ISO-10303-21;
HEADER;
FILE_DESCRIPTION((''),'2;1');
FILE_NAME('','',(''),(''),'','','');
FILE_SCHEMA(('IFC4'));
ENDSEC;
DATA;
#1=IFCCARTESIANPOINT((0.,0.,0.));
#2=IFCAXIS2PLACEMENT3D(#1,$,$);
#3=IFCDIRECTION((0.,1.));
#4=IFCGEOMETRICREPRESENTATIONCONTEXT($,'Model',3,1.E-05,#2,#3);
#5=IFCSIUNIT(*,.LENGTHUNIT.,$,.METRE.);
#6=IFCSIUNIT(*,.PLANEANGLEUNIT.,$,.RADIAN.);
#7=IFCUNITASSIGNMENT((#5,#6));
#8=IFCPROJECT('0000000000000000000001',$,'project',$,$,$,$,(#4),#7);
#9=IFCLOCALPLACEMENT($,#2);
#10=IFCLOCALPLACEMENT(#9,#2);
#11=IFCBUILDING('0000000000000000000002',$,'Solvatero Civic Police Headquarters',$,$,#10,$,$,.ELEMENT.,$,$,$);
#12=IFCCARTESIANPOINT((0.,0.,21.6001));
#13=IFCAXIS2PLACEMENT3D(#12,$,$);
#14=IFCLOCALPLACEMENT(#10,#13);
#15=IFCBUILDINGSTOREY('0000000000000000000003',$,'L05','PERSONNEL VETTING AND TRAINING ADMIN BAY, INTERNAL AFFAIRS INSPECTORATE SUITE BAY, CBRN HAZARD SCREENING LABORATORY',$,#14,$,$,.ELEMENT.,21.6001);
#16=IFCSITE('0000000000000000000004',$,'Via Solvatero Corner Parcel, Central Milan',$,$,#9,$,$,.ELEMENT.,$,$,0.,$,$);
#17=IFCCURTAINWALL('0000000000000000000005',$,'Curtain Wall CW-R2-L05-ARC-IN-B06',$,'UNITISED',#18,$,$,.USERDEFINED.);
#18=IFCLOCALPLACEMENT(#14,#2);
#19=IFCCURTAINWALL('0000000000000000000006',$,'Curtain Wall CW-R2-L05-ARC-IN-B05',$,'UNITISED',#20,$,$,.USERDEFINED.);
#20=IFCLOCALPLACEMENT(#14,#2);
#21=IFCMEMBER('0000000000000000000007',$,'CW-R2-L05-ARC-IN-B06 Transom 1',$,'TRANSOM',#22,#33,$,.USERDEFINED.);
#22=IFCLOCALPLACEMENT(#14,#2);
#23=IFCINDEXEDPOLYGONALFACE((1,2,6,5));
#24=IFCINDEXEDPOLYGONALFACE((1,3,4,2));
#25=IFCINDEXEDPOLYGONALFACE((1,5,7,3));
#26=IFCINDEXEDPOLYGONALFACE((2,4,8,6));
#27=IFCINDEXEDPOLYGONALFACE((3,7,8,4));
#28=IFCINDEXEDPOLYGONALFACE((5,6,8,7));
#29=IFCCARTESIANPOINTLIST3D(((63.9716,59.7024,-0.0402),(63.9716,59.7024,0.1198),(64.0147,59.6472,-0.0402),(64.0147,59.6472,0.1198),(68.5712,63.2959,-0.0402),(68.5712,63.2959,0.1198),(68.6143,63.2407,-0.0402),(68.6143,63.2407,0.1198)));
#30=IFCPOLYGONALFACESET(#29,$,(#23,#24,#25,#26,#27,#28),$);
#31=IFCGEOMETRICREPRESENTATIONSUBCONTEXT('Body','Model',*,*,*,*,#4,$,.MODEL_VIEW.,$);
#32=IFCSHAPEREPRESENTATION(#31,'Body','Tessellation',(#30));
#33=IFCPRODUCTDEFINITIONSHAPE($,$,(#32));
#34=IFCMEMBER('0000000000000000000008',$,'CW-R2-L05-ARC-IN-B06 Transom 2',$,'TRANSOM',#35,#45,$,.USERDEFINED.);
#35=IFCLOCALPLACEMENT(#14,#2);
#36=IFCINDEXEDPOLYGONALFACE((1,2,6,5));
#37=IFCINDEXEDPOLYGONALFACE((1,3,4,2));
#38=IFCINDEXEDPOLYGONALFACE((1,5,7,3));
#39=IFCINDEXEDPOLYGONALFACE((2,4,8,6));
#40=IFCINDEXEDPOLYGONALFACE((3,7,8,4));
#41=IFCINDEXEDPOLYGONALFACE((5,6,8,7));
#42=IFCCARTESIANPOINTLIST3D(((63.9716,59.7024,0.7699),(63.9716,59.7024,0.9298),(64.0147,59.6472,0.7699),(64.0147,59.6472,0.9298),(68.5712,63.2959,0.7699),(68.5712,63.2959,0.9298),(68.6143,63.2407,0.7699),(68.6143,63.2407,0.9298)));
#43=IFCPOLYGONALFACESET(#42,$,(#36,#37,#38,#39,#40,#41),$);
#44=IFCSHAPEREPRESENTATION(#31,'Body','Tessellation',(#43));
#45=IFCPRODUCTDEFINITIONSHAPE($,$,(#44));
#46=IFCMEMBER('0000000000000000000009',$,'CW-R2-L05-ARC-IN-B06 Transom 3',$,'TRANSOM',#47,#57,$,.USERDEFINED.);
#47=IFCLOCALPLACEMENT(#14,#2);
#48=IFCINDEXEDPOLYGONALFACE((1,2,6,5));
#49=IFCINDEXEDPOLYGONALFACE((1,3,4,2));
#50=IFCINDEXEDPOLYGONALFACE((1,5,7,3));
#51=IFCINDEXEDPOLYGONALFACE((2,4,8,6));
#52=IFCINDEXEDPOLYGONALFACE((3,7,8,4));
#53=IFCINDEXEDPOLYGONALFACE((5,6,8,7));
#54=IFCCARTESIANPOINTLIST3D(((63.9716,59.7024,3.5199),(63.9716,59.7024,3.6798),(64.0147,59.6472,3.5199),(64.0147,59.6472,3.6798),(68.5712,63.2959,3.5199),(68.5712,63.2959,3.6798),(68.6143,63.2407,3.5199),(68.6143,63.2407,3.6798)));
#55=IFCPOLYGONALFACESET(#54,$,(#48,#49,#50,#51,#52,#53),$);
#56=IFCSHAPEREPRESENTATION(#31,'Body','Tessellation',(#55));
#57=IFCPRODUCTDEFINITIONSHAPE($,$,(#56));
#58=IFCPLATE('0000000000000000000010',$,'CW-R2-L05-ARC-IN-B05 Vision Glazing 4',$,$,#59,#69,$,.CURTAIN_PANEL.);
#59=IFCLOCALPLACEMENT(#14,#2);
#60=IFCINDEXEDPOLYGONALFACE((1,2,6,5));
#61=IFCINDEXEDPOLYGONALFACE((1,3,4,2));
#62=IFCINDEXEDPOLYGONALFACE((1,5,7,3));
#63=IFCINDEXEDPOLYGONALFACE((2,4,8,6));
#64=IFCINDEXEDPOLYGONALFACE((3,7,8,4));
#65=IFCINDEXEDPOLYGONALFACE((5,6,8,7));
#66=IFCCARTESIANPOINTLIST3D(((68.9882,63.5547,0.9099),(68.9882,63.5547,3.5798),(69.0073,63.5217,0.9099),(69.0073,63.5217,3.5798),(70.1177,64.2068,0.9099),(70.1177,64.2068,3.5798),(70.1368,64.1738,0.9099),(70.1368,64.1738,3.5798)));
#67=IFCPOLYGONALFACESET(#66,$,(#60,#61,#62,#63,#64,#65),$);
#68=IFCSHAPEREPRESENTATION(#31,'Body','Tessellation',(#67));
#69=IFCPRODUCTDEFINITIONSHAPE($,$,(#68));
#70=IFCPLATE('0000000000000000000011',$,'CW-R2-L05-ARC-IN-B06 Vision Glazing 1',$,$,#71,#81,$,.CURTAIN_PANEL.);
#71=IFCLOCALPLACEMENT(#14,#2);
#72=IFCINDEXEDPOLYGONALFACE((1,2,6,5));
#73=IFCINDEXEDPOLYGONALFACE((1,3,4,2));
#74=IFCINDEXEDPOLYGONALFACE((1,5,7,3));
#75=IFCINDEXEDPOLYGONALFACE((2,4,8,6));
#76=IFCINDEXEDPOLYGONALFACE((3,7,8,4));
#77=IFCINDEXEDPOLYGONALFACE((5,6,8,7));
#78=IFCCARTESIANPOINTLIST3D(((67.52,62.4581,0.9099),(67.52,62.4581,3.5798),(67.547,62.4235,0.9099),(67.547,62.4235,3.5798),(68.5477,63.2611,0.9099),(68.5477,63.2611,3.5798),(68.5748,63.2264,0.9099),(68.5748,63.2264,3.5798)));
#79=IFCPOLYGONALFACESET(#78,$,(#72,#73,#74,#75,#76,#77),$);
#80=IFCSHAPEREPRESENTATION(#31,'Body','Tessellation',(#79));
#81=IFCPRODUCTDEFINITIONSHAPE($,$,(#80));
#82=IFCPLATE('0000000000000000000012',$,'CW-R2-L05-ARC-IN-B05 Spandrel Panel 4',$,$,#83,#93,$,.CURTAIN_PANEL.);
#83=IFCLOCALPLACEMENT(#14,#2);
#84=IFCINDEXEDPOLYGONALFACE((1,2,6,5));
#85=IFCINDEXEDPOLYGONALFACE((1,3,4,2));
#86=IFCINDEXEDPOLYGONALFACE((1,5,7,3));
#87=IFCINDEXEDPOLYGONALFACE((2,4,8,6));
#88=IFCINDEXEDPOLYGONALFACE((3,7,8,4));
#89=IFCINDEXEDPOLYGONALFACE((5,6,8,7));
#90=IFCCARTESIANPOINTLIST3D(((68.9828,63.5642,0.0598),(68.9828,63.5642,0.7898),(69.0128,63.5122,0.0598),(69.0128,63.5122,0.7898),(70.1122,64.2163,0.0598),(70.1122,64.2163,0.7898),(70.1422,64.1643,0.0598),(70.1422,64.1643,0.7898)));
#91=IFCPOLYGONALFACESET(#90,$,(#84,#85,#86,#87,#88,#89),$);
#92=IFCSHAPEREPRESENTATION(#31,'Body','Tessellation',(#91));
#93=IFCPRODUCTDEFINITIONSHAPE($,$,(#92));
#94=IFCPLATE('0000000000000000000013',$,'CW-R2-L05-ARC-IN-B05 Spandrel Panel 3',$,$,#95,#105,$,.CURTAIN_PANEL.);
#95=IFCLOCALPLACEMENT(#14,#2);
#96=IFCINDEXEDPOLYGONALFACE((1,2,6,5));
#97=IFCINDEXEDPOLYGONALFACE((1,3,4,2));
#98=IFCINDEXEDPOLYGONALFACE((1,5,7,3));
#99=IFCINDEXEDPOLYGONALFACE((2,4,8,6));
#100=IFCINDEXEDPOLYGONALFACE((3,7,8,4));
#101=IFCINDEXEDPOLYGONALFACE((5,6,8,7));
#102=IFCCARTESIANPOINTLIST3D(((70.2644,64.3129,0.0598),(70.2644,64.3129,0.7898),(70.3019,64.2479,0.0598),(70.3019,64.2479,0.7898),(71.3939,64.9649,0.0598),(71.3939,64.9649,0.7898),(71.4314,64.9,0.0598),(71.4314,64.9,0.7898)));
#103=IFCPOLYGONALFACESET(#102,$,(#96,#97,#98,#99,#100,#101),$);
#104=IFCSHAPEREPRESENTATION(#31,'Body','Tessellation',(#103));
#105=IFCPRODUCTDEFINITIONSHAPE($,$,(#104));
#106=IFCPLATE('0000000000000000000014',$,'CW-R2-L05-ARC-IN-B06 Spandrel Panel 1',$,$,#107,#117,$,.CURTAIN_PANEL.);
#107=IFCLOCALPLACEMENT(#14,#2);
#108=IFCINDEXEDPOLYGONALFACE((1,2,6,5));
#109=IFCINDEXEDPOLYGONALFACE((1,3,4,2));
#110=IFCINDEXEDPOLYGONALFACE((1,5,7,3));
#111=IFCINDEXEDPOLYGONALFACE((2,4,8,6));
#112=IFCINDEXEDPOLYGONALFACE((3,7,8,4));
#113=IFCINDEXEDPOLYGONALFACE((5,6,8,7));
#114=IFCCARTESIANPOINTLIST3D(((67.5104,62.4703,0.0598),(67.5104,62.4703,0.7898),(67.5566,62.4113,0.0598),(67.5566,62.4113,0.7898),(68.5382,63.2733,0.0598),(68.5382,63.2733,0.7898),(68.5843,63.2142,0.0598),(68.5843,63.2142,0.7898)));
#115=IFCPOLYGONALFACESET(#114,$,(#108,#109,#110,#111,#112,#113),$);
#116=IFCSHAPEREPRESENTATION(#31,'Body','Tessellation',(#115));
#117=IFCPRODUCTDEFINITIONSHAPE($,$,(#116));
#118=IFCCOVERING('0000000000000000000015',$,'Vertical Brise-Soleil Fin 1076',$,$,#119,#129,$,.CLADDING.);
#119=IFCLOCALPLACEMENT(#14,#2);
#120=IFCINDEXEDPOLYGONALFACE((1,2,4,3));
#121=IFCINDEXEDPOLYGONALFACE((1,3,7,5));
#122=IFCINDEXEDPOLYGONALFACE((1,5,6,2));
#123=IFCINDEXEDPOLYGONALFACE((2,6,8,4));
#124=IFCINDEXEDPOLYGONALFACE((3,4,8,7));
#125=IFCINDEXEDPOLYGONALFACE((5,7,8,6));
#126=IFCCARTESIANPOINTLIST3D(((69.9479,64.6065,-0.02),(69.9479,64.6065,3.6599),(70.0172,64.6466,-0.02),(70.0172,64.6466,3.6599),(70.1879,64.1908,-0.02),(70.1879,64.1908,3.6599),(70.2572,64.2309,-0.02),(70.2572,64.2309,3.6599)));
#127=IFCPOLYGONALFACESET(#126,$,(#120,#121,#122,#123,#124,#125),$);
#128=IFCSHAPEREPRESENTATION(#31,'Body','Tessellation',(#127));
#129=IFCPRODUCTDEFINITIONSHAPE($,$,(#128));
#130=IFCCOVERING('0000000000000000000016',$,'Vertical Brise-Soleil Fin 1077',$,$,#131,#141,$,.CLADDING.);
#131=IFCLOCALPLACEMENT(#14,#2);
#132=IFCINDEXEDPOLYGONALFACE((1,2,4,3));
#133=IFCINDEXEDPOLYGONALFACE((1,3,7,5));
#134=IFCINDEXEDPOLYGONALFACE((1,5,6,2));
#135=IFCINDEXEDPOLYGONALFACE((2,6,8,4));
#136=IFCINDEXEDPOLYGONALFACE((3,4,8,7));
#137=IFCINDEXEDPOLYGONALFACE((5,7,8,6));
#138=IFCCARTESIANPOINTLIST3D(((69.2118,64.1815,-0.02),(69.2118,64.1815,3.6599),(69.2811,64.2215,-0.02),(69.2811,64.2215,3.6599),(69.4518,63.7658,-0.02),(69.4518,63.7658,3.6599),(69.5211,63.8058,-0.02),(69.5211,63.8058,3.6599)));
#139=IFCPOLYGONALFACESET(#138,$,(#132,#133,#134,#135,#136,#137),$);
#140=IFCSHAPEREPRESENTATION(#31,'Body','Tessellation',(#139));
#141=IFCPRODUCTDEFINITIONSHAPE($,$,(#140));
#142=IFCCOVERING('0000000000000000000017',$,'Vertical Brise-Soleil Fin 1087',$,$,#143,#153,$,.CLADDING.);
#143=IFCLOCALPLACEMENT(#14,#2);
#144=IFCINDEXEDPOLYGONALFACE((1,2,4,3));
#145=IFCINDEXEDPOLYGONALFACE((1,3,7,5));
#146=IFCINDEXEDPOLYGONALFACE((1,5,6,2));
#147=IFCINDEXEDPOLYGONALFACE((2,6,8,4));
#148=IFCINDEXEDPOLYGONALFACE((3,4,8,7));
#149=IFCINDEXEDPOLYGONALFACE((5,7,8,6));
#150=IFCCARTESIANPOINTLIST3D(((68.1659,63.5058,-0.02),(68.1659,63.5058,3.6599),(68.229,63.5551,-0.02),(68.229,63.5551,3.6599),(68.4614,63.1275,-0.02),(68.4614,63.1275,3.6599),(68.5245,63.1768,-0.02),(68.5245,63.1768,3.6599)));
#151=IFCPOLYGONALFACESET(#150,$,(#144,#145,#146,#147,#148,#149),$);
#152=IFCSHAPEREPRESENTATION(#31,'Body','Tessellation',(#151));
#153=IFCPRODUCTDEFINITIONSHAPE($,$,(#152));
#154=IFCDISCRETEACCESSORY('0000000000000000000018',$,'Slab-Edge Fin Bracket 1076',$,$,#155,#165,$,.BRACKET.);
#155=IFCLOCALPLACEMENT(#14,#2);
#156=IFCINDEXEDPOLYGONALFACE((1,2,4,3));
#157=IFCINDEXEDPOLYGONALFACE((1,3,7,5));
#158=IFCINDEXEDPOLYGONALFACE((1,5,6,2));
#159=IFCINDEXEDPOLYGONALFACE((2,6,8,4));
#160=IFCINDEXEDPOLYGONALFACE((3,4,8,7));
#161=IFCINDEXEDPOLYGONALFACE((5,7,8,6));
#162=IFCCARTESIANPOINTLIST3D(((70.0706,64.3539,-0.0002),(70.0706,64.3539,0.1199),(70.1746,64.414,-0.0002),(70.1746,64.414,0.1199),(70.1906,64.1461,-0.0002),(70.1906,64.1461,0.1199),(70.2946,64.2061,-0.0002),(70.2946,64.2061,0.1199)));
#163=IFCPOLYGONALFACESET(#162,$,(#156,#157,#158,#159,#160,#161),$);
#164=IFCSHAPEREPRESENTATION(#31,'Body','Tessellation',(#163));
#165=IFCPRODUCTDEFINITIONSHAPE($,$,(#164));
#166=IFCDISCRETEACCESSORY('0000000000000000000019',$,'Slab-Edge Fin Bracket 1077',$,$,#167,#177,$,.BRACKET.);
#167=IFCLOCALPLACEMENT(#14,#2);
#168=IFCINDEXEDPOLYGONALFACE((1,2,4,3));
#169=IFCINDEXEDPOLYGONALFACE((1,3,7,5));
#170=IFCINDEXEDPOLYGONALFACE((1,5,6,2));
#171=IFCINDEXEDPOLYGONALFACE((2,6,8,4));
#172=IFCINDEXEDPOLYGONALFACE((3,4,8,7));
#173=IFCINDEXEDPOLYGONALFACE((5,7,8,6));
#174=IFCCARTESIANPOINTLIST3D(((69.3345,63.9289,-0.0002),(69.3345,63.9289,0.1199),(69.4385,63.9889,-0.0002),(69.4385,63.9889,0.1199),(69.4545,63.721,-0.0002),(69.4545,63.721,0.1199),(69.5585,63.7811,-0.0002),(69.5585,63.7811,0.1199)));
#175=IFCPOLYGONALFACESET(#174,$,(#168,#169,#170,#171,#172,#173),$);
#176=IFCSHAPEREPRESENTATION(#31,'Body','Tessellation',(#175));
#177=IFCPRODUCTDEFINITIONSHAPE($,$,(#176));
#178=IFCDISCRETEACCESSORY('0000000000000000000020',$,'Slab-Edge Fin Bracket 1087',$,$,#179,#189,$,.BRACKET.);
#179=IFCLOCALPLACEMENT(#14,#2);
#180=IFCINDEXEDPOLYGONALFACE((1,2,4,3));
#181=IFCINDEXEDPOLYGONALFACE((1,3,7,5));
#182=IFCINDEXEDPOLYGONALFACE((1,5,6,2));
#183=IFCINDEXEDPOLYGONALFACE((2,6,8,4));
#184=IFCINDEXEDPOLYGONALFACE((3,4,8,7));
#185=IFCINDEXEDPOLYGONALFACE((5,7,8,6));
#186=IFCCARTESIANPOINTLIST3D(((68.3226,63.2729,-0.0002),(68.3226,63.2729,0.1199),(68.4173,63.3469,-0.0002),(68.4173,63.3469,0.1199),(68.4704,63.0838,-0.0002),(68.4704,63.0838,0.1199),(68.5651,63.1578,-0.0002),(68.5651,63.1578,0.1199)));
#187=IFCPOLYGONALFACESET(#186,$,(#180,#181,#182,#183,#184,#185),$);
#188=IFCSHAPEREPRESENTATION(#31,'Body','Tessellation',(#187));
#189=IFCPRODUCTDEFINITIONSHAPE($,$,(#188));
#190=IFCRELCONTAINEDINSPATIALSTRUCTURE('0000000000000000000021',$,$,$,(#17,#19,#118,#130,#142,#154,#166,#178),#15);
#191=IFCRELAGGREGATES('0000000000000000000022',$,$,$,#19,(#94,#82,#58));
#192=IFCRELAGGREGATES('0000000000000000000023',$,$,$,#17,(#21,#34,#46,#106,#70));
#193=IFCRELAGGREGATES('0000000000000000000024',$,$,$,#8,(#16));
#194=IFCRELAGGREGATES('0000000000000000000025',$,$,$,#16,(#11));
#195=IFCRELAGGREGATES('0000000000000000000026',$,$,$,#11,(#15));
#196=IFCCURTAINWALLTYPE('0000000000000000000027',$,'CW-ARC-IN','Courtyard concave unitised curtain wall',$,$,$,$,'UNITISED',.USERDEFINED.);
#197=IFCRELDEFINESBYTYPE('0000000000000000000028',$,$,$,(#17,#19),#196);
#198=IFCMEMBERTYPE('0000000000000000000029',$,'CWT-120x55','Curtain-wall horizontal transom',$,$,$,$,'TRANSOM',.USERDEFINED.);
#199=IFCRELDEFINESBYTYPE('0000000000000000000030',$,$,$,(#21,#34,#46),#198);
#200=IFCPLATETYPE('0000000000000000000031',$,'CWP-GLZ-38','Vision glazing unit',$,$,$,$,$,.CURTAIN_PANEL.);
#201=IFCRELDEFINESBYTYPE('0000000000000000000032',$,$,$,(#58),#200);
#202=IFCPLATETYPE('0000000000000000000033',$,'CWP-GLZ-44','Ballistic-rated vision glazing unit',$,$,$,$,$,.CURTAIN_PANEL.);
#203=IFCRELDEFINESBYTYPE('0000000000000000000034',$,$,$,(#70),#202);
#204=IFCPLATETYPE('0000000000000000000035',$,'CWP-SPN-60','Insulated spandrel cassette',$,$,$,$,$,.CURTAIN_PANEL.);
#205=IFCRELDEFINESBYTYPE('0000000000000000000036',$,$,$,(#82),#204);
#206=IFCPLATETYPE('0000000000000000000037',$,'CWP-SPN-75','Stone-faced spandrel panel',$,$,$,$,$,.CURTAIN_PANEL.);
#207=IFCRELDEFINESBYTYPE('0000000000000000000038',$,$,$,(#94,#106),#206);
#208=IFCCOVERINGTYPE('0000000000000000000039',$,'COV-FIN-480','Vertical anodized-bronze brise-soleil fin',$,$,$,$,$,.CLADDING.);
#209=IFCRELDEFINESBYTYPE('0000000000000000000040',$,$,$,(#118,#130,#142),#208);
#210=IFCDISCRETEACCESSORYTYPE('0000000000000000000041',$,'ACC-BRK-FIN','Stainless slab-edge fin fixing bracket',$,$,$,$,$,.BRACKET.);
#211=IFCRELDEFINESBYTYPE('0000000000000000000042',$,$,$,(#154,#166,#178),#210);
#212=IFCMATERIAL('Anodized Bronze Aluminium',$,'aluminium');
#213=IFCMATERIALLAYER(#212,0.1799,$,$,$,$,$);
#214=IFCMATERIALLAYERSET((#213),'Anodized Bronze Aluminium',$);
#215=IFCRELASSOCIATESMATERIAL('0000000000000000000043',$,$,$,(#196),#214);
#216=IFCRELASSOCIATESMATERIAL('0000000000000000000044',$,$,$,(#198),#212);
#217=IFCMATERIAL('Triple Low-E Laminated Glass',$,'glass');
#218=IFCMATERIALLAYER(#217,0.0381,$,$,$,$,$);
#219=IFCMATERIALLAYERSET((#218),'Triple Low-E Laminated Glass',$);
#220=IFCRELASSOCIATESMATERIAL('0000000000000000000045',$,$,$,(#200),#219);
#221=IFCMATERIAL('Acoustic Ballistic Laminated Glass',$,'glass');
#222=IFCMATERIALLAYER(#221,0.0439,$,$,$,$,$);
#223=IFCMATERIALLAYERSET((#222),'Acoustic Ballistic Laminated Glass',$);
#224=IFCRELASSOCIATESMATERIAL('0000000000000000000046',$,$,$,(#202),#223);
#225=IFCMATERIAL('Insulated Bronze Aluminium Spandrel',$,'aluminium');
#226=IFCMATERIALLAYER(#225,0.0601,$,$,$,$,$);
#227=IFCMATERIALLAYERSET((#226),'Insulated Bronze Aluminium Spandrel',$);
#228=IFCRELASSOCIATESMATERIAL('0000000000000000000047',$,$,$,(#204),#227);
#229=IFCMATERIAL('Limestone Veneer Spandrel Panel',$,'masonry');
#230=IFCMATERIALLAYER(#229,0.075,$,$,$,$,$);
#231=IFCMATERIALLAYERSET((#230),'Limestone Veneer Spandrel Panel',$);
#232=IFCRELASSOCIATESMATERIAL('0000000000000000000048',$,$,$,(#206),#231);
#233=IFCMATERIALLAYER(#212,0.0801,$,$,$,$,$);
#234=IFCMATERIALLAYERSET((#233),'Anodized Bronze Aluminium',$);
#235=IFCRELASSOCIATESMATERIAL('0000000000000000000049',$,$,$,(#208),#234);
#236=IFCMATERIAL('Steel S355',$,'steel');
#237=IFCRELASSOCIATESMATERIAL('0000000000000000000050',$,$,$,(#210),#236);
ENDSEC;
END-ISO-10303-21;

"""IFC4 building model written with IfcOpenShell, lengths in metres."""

from ifc_helpers import new_model, si_unit, direction, frame, origin, origin_2d, place, context, subcontext, project, spatial, rectangle, extrude, material, layer, layer_set, material_profile, profile_set, type_object, element, aggregate, save


model = new_model("IFC4")

# Units and contexts
model_context = context("Model", 3, precision=1e-05, world=origin(), true_north=direction((0.0, 1.0)))
body_context = subcontext(model_context, "Body", "Model", "MODEL_VIEW")
ifc_project = project(units=[si_unit("LENGTHUNIT", "METRE"), si_unit("PLANEANGLEUNIT", "RADIAN")], contexts=[model_context])

# Site, building, storey
site_placement = place(None, origin())
site = spatial("IfcSite", under=ifc_project, at=site_placement, Name="Via Solvatero Corner Parcel, Central Milan", CompositionType="ELEMENT", RefElevation=0.0)
building_placement = place(site_placement, origin())
building = spatial("IfcBuilding", under=site, at=building_placement, Name="Solvatero Civic Police Headquarters", CompositionType="ELEMENT")
storey_placement = place(building_placement, frame((0.0, 0.0, 21.6001)))
storey = spatial("IfcBuildingStorey", under=building, at=storey_placement, Name="L05", Description="PERSONNEL VETTING AND TRAINING ADMIN BAY, INTERNAL AFFAIRS INSPECTORATE SUITE BAY, CBRN HAZARD SCREENING LABORATORY", CompositionType="ELEMENT", Elevation=21.6001)

# Shared definitions
ifc_material_1 = material(Name="Steel S355", Category="steel")

# Curtain wall
ifc_material_2 = material(Name="Anodized Bronze Aluminium", Category="aluminium")
ifc_layer_1 = layer(ifc_material_2, 0.1799)
ifc_layer_set_1 = layer_set([ifc_layer_1], Name="Anodized Bronze Aluminium")
curtain_wall_type = type_object("IfcCurtainWallType", Name="CW-ARC-IN", Description="Courtyard concave unitised curtain wall", ElementType="UNITISED", PredefinedType="USERDEFINED", material=ifc_layer_set_1)
curtain_wall_1_placement = place(storey_placement, origin())
curtain_wall_1 = element("IfcCurtainWall", 1, at=curtain_wall_1_placement, inside=storey, type_object=curtain_wall_type, Name="Curtain Wall CW-R2-L05-ARC-IN-B06", ObjectType="UNITISED", PredefinedType="USERDEFINED")

# Curtain wall
curtain_wall_2_placement = place(storey_placement, origin())
curtain_wall_2 = element("IfcCurtainWall", 2, at=curtain_wall_2_placement, inside=storey, type_object=curtain_wall_type, Name="Curtain Wall CW-R2-L05-ARC-IN-B05", ObjectType="UNITISED", PredefinedType="USERDEFINED")

# Members
ifc_material_profile_1 = material_profile(ifc_material_2, rectangle(XDim=0.0701, YDim=0.1599, at=origin_2d()), Name="ALU TRANSOM 70x160")
ifc_profile_set_1 = profile_set([ifc_material_profile_1], Name="Anodized Bronze Aluminium")
member_type_1 = type_object("IfcMemberType", Name="CWT-120x55", Description="Curtain-wall horizontal transom", ElementType="TRANSOM", PredefinedType="USERDEFINED", material=ifc_profile_set_1)
member_1_placement = place(storey_placement, frame((68.5928, 63.2683, 0.0398), z_axis=(-0.788019, -0.615651, 0.0), x_axis=(0.615651, -0.788019, 0.0)))
member_1 = element("IfcMember", 3, at=member_1_placement, type_object=member_type_1, Name="CW-R2-L05-ARC-IN-B06 Transom 1", ObjectType="TRANSOM", PredefinedType="USERDEFINED", context=body_context, shape_type="SweptSolid", body=[
    extrude(rectangle(XDim=0.0701, YDim=0.1599, at=origin_2d()), origin(), (0.0, 0.0, 1.0), 5.8369),
])
member_2_placement = place(storey_placement, frame((68.5928, 63.2683, 0.8499), z_axis=(-0.788019, -0.615651, 0.0), x_axis=(0.615651, -0.788019, 0.0)))
member_2 = element("IfcMember", 4, at=member_2_placement, type_object=member_type_1, Name="CW-R2-L05-ARC-IN-B06 Transom 2", ObjectType="TRANSOM", PredefinedType="USERDEFINED", context=body_context, shape_type="SweptSolid", body=[
    extrude(rectangle(XDim=0.0701, YDim=0.1599, at=origin_2d()), origin(), (0.0, 0.0, 1.0), 5.8369),
])
member_3_placement = place(storey_placement, frame((68.5928, 63.2683, 3.5999), z_axis=(-0.788019, -0.615651, 0.0), x_axis=(0.615651, -0.788019, 0.0)))
member_3 = element("IfcMember", 5, at=member_3_placement, type_object=member_type_1, Name="CW-R2-L05-ARC-IN-B06 Transom 3", ObjectType="TRANSOM", PredefinedType="USERDEFINED", context=body_context, shape_type="SweptSolid", body=[
    extrude(rectangle(XDim=0.0701, YDim=0.1599, at=origin_2d()), origin(), (0.0, 0.0, 1.0), 5.8369),
])

# Plates
ifc_material_3 = material(Name="Triple Low-E Laminated Glass", Category="glass")
ifc_layer_2 = layer(ifc_material_3, 0.0381)
ifc_layer_set_2 = layer_set([ifc_layer_2], Name="Triple Low-E Laminated Glass")
plate_type_1 = type_object("IfcPlateType", Name="CWP-GLZ-38", Description="Vision glazing unit", PredefinedType="CURTAIN_PANEL", material=ifc_layer_set_2)
plate_1_placement = place(storey_placement, frame((69.5625, 63.8643, 0.9099), z_axis=(0.0, 0.0, 1.0), x_axis=(-0.866025, -0.5, 0.0)))
plate_1 = element("IfcPlate", 6, at=plate_1_placement, type_object=plate_type_1, Name="CW-R2-L05-ARC-IN-B05 Vision Glazing 4", PredefinedType="CURTAIN_PANEL", context=body_context, shape_type="SweptSolid", body=[
    extrude(rectangle(XDim=1.3042, YDim=0.0381, at=origin_2d()), origin(), (0.0, 0.0, 1.0), 2.6699),
])
ifc_material_4 = material(Name="Acoustic Ballistic Laminated Glass", Category="glass")
ifc_layer_3 = layer(ifc_material_4, 0.0439)
ifc_layer_set_3 = layer_set([ifc_layer_3], Name="Acoustic Ballistic Laminated Glass")
plate_type_2 = type_object("IfcPlateType", Name="CWP-GLZ-44", Description="Ballistic-rated vision glazing unit", PredefinedType="CURTAIN_PANEL", material=ifc_layer_set_3)
plate_2_placement = place(storey_placement, frame((68.0474, 62.8423, 0.9099), z_axis=(0.0, 0.0, 1.0), x_axis=(-0.788011, -0.615661, 0.0)))
plate_2 = element("IfcPlate", 7, at=plate_2_placement, type_object=plate_type_2, Name="CW-R2-L05-ARC-IN-B06 Vision Glazing 1", PredefinedType="CURTAIN_PANEL", context=body_context, shape_type="SweptSolid", body=[
    extrude(rectangle(XDim=1.3042, YDim=0.0439, at=origin_2d()), origin(), (0.0, 0.0, 1.0), 2.6699),
])
ifc_material_5 = material(Name="Insulated Bronze Aluminium Spandrel", Category="aluminium")
ifc_layer_4 = layer(ifc_material_5, 0.0601)
ifc_layer_set_4 = layer_set([ifc_layer_4], Name="Insulated Bronze Aluminium Spandrel")
plate_type_3 = type_object("IfcPlateType", Name="CWP-SPN-60", Description="Insulated spandrel cassette", PredefinedType="CURTAIN_PANEL", material=ifc_layer_set_4)
plate_3_placement = place(storey_placement, frame((69.5625, 63.8643, 0.0598), z_axis=(0.0, 0.0, 1.0), x_axis=(-0.866025, -0.5, 0.0)))
plate_3 = element("IfcPlate", 8, at=plate_3_placement, type_object=plate_type_3, Name="CW-R2-L05-ARC-IN-B05 Spandrel Panel 4", PredefinedType="CURTAIN_PANEL", context=body_context, shape_type="SweptSolid", body=[
    extrude(rectangle(XDim=1.3042, YDim=0.0601, at=origin_2d()), origin(), (0.0, 0.0, 1.0), 0.73),
])
ifc_material_6 = material(Name="Limestone Veneer Spandrel Panel", Category="masonry")
ifc_layer_5 = layer(ifc_material_6, 0.075)
ifc_layer_set_5 = layer_set([ifc_layer_5], Name="Limestone Veneer Spandrel Panel")
plate_type_4 = type_object("IfcPlateType", Name="CWP-SPN-75", Description="Stone-faced spandrel panel", PredefinedType="CURTAIN_PANEL", material=ifc_layer_set_5)
plate_4_placement = place(storey_placement, frame((70.8479, 64.6064, 0.0598), z_axis=(0.0, 0.0, 1.0), x_axis=(-0.866025, -0.5, 0.0)))
plate_4 = element("IfcPlate", 9, at=plate_4_placement, type_object=plate_type_4, Name="CW-R2-L05-ARC-IN-B05 Spandrel Panel 3", PredefinedType="CURTAIN_PANEL", context=body_context, shape_type="SweptSolid", body=[
    extrude(rectangle(XDim=1.3042, YDim=0.075, at=origin_2d()), origin(), (0.0, 0.0, 1.0), 0.73),
])
aggregate(curtain_wall_2, [plate_4, plate_3, plate_1])
plate_5_placement = place(storey_placement, frame((68.0474, 62.8423, 0.0598), z_axis=(0.0, 0.0, 1.0), x_axis=(-0.788011, -0.615661, 0.0)))
plate_5 = element("IfcPlate", 10, at=plate_5_placement, type_object=plate_type_4, Name="CW-R2-L05-ARC-IN-B06 Spandrel Panel 1", PredefinedType="CURTAIN_PANEL", context=body_context, shape_type="SweptSolid", body=[
    extrude(rectangle(XDim=1.3042, YDim=0.075, at=origin_2d()), origin(), (0.0, 0.0, 1.0), 0.73),
])
aggregate(curtain_wall_1, [member_1, member_2, member_3, plate_5, plate_2])

# Coverings
ifc_layer_6 = layer(ifc_material_2, 0.0801)
ifc_layer_set_6 = layer_set([ifc_layer_6], Name="Anodized Bronze Aluminium")
covering_type = type_object("IfcCoveringType", Name="COV-FIN-480", Description="Vertical anodized-bronze brise-soleil fin", PredefinedType="CLADDING", material=ifc_layer_set_6)
for number, where, z_axis, x_axis, name in (
    (11, (70.1025, 64.4187, -0.02), (0.0, 0.0, 1.0), (-0.866025, -0.5, 0.0), "Vertical Brise-Soleil Fin 1076"),
    (12, (69.3665, 63.9937, -0.02), (0.0, 0.0, 1.0), (-0.866025, -0.5, 0.0), "Vertical Brise-Soleil Fin 1077"),
    (13, (68.3452, 63.3413, -0.02), (0.0, 0.0, 1.0), (-0.788011, -0.615661, 0.0), "Vertical Brise-Soleil Fin 1087"),
):
    element("IfcCovering", number, at=place(storey_placement, frame(where, z_axis=z_axis, x_axis=x_axis)), inside=storey, type_object=covering_type, Name=name, PredefinedType="CLADDING", context=body_context, shape_type="SweptSolid", body=[
        extrude(rectangle(XDim=0.0801, YDim=0.48, at=origin_2d()), origin(), (0.0, 0.0, 1.0), 3.6799),
    ])

# Discrete accessories
discrete_accessory_type = type_object("IfcDiscreteAccessoryType", Name="ACC-BRK-FIN", Description="Stainless slab-edge fin fixing bracket", PredefinedType="BRACKET", material=ifc_material_1)
for number, where, z_axis, x_axis, name in (
    (14, (70.1826, 64.28, -0.0002), (0.0, 0.0, 1.0), (-0.866025, -0.5, 0.0), "Slab-Edge Fin Bracket 1076"),
    (15, (69.4465, 63.855, -0.0002), (0.0, 0.0, 1.0), (-0.866025, -0.5, 0.0), "Slab-Edge Fin Bracket 1077"),
    (16, (68.4438, 63.2153, -0.0002), (0.0, 0.0, 1.0), (-0.788011, -0.615661, 0.0), "Slab-Edge Fin Bracket 1087"),
):
    element("IfcDiscreteAccessory", number, at=place(storey_placement, frame(where, z_axis=z_axis, x_axis=x_axis)), inside=storey, type_object=discrete_accessory_type, Name=name, PredefinedType="BRACKET", context=body_context, shape_type="SweptSolid", body=[
        extrude(rectangle(XDim=0.1201, YDim=0.24, at=origin_2d()), origin(), (0.0, 0.0, 1.0), 0.1201),
    ])

save(model, "model.ifc")
